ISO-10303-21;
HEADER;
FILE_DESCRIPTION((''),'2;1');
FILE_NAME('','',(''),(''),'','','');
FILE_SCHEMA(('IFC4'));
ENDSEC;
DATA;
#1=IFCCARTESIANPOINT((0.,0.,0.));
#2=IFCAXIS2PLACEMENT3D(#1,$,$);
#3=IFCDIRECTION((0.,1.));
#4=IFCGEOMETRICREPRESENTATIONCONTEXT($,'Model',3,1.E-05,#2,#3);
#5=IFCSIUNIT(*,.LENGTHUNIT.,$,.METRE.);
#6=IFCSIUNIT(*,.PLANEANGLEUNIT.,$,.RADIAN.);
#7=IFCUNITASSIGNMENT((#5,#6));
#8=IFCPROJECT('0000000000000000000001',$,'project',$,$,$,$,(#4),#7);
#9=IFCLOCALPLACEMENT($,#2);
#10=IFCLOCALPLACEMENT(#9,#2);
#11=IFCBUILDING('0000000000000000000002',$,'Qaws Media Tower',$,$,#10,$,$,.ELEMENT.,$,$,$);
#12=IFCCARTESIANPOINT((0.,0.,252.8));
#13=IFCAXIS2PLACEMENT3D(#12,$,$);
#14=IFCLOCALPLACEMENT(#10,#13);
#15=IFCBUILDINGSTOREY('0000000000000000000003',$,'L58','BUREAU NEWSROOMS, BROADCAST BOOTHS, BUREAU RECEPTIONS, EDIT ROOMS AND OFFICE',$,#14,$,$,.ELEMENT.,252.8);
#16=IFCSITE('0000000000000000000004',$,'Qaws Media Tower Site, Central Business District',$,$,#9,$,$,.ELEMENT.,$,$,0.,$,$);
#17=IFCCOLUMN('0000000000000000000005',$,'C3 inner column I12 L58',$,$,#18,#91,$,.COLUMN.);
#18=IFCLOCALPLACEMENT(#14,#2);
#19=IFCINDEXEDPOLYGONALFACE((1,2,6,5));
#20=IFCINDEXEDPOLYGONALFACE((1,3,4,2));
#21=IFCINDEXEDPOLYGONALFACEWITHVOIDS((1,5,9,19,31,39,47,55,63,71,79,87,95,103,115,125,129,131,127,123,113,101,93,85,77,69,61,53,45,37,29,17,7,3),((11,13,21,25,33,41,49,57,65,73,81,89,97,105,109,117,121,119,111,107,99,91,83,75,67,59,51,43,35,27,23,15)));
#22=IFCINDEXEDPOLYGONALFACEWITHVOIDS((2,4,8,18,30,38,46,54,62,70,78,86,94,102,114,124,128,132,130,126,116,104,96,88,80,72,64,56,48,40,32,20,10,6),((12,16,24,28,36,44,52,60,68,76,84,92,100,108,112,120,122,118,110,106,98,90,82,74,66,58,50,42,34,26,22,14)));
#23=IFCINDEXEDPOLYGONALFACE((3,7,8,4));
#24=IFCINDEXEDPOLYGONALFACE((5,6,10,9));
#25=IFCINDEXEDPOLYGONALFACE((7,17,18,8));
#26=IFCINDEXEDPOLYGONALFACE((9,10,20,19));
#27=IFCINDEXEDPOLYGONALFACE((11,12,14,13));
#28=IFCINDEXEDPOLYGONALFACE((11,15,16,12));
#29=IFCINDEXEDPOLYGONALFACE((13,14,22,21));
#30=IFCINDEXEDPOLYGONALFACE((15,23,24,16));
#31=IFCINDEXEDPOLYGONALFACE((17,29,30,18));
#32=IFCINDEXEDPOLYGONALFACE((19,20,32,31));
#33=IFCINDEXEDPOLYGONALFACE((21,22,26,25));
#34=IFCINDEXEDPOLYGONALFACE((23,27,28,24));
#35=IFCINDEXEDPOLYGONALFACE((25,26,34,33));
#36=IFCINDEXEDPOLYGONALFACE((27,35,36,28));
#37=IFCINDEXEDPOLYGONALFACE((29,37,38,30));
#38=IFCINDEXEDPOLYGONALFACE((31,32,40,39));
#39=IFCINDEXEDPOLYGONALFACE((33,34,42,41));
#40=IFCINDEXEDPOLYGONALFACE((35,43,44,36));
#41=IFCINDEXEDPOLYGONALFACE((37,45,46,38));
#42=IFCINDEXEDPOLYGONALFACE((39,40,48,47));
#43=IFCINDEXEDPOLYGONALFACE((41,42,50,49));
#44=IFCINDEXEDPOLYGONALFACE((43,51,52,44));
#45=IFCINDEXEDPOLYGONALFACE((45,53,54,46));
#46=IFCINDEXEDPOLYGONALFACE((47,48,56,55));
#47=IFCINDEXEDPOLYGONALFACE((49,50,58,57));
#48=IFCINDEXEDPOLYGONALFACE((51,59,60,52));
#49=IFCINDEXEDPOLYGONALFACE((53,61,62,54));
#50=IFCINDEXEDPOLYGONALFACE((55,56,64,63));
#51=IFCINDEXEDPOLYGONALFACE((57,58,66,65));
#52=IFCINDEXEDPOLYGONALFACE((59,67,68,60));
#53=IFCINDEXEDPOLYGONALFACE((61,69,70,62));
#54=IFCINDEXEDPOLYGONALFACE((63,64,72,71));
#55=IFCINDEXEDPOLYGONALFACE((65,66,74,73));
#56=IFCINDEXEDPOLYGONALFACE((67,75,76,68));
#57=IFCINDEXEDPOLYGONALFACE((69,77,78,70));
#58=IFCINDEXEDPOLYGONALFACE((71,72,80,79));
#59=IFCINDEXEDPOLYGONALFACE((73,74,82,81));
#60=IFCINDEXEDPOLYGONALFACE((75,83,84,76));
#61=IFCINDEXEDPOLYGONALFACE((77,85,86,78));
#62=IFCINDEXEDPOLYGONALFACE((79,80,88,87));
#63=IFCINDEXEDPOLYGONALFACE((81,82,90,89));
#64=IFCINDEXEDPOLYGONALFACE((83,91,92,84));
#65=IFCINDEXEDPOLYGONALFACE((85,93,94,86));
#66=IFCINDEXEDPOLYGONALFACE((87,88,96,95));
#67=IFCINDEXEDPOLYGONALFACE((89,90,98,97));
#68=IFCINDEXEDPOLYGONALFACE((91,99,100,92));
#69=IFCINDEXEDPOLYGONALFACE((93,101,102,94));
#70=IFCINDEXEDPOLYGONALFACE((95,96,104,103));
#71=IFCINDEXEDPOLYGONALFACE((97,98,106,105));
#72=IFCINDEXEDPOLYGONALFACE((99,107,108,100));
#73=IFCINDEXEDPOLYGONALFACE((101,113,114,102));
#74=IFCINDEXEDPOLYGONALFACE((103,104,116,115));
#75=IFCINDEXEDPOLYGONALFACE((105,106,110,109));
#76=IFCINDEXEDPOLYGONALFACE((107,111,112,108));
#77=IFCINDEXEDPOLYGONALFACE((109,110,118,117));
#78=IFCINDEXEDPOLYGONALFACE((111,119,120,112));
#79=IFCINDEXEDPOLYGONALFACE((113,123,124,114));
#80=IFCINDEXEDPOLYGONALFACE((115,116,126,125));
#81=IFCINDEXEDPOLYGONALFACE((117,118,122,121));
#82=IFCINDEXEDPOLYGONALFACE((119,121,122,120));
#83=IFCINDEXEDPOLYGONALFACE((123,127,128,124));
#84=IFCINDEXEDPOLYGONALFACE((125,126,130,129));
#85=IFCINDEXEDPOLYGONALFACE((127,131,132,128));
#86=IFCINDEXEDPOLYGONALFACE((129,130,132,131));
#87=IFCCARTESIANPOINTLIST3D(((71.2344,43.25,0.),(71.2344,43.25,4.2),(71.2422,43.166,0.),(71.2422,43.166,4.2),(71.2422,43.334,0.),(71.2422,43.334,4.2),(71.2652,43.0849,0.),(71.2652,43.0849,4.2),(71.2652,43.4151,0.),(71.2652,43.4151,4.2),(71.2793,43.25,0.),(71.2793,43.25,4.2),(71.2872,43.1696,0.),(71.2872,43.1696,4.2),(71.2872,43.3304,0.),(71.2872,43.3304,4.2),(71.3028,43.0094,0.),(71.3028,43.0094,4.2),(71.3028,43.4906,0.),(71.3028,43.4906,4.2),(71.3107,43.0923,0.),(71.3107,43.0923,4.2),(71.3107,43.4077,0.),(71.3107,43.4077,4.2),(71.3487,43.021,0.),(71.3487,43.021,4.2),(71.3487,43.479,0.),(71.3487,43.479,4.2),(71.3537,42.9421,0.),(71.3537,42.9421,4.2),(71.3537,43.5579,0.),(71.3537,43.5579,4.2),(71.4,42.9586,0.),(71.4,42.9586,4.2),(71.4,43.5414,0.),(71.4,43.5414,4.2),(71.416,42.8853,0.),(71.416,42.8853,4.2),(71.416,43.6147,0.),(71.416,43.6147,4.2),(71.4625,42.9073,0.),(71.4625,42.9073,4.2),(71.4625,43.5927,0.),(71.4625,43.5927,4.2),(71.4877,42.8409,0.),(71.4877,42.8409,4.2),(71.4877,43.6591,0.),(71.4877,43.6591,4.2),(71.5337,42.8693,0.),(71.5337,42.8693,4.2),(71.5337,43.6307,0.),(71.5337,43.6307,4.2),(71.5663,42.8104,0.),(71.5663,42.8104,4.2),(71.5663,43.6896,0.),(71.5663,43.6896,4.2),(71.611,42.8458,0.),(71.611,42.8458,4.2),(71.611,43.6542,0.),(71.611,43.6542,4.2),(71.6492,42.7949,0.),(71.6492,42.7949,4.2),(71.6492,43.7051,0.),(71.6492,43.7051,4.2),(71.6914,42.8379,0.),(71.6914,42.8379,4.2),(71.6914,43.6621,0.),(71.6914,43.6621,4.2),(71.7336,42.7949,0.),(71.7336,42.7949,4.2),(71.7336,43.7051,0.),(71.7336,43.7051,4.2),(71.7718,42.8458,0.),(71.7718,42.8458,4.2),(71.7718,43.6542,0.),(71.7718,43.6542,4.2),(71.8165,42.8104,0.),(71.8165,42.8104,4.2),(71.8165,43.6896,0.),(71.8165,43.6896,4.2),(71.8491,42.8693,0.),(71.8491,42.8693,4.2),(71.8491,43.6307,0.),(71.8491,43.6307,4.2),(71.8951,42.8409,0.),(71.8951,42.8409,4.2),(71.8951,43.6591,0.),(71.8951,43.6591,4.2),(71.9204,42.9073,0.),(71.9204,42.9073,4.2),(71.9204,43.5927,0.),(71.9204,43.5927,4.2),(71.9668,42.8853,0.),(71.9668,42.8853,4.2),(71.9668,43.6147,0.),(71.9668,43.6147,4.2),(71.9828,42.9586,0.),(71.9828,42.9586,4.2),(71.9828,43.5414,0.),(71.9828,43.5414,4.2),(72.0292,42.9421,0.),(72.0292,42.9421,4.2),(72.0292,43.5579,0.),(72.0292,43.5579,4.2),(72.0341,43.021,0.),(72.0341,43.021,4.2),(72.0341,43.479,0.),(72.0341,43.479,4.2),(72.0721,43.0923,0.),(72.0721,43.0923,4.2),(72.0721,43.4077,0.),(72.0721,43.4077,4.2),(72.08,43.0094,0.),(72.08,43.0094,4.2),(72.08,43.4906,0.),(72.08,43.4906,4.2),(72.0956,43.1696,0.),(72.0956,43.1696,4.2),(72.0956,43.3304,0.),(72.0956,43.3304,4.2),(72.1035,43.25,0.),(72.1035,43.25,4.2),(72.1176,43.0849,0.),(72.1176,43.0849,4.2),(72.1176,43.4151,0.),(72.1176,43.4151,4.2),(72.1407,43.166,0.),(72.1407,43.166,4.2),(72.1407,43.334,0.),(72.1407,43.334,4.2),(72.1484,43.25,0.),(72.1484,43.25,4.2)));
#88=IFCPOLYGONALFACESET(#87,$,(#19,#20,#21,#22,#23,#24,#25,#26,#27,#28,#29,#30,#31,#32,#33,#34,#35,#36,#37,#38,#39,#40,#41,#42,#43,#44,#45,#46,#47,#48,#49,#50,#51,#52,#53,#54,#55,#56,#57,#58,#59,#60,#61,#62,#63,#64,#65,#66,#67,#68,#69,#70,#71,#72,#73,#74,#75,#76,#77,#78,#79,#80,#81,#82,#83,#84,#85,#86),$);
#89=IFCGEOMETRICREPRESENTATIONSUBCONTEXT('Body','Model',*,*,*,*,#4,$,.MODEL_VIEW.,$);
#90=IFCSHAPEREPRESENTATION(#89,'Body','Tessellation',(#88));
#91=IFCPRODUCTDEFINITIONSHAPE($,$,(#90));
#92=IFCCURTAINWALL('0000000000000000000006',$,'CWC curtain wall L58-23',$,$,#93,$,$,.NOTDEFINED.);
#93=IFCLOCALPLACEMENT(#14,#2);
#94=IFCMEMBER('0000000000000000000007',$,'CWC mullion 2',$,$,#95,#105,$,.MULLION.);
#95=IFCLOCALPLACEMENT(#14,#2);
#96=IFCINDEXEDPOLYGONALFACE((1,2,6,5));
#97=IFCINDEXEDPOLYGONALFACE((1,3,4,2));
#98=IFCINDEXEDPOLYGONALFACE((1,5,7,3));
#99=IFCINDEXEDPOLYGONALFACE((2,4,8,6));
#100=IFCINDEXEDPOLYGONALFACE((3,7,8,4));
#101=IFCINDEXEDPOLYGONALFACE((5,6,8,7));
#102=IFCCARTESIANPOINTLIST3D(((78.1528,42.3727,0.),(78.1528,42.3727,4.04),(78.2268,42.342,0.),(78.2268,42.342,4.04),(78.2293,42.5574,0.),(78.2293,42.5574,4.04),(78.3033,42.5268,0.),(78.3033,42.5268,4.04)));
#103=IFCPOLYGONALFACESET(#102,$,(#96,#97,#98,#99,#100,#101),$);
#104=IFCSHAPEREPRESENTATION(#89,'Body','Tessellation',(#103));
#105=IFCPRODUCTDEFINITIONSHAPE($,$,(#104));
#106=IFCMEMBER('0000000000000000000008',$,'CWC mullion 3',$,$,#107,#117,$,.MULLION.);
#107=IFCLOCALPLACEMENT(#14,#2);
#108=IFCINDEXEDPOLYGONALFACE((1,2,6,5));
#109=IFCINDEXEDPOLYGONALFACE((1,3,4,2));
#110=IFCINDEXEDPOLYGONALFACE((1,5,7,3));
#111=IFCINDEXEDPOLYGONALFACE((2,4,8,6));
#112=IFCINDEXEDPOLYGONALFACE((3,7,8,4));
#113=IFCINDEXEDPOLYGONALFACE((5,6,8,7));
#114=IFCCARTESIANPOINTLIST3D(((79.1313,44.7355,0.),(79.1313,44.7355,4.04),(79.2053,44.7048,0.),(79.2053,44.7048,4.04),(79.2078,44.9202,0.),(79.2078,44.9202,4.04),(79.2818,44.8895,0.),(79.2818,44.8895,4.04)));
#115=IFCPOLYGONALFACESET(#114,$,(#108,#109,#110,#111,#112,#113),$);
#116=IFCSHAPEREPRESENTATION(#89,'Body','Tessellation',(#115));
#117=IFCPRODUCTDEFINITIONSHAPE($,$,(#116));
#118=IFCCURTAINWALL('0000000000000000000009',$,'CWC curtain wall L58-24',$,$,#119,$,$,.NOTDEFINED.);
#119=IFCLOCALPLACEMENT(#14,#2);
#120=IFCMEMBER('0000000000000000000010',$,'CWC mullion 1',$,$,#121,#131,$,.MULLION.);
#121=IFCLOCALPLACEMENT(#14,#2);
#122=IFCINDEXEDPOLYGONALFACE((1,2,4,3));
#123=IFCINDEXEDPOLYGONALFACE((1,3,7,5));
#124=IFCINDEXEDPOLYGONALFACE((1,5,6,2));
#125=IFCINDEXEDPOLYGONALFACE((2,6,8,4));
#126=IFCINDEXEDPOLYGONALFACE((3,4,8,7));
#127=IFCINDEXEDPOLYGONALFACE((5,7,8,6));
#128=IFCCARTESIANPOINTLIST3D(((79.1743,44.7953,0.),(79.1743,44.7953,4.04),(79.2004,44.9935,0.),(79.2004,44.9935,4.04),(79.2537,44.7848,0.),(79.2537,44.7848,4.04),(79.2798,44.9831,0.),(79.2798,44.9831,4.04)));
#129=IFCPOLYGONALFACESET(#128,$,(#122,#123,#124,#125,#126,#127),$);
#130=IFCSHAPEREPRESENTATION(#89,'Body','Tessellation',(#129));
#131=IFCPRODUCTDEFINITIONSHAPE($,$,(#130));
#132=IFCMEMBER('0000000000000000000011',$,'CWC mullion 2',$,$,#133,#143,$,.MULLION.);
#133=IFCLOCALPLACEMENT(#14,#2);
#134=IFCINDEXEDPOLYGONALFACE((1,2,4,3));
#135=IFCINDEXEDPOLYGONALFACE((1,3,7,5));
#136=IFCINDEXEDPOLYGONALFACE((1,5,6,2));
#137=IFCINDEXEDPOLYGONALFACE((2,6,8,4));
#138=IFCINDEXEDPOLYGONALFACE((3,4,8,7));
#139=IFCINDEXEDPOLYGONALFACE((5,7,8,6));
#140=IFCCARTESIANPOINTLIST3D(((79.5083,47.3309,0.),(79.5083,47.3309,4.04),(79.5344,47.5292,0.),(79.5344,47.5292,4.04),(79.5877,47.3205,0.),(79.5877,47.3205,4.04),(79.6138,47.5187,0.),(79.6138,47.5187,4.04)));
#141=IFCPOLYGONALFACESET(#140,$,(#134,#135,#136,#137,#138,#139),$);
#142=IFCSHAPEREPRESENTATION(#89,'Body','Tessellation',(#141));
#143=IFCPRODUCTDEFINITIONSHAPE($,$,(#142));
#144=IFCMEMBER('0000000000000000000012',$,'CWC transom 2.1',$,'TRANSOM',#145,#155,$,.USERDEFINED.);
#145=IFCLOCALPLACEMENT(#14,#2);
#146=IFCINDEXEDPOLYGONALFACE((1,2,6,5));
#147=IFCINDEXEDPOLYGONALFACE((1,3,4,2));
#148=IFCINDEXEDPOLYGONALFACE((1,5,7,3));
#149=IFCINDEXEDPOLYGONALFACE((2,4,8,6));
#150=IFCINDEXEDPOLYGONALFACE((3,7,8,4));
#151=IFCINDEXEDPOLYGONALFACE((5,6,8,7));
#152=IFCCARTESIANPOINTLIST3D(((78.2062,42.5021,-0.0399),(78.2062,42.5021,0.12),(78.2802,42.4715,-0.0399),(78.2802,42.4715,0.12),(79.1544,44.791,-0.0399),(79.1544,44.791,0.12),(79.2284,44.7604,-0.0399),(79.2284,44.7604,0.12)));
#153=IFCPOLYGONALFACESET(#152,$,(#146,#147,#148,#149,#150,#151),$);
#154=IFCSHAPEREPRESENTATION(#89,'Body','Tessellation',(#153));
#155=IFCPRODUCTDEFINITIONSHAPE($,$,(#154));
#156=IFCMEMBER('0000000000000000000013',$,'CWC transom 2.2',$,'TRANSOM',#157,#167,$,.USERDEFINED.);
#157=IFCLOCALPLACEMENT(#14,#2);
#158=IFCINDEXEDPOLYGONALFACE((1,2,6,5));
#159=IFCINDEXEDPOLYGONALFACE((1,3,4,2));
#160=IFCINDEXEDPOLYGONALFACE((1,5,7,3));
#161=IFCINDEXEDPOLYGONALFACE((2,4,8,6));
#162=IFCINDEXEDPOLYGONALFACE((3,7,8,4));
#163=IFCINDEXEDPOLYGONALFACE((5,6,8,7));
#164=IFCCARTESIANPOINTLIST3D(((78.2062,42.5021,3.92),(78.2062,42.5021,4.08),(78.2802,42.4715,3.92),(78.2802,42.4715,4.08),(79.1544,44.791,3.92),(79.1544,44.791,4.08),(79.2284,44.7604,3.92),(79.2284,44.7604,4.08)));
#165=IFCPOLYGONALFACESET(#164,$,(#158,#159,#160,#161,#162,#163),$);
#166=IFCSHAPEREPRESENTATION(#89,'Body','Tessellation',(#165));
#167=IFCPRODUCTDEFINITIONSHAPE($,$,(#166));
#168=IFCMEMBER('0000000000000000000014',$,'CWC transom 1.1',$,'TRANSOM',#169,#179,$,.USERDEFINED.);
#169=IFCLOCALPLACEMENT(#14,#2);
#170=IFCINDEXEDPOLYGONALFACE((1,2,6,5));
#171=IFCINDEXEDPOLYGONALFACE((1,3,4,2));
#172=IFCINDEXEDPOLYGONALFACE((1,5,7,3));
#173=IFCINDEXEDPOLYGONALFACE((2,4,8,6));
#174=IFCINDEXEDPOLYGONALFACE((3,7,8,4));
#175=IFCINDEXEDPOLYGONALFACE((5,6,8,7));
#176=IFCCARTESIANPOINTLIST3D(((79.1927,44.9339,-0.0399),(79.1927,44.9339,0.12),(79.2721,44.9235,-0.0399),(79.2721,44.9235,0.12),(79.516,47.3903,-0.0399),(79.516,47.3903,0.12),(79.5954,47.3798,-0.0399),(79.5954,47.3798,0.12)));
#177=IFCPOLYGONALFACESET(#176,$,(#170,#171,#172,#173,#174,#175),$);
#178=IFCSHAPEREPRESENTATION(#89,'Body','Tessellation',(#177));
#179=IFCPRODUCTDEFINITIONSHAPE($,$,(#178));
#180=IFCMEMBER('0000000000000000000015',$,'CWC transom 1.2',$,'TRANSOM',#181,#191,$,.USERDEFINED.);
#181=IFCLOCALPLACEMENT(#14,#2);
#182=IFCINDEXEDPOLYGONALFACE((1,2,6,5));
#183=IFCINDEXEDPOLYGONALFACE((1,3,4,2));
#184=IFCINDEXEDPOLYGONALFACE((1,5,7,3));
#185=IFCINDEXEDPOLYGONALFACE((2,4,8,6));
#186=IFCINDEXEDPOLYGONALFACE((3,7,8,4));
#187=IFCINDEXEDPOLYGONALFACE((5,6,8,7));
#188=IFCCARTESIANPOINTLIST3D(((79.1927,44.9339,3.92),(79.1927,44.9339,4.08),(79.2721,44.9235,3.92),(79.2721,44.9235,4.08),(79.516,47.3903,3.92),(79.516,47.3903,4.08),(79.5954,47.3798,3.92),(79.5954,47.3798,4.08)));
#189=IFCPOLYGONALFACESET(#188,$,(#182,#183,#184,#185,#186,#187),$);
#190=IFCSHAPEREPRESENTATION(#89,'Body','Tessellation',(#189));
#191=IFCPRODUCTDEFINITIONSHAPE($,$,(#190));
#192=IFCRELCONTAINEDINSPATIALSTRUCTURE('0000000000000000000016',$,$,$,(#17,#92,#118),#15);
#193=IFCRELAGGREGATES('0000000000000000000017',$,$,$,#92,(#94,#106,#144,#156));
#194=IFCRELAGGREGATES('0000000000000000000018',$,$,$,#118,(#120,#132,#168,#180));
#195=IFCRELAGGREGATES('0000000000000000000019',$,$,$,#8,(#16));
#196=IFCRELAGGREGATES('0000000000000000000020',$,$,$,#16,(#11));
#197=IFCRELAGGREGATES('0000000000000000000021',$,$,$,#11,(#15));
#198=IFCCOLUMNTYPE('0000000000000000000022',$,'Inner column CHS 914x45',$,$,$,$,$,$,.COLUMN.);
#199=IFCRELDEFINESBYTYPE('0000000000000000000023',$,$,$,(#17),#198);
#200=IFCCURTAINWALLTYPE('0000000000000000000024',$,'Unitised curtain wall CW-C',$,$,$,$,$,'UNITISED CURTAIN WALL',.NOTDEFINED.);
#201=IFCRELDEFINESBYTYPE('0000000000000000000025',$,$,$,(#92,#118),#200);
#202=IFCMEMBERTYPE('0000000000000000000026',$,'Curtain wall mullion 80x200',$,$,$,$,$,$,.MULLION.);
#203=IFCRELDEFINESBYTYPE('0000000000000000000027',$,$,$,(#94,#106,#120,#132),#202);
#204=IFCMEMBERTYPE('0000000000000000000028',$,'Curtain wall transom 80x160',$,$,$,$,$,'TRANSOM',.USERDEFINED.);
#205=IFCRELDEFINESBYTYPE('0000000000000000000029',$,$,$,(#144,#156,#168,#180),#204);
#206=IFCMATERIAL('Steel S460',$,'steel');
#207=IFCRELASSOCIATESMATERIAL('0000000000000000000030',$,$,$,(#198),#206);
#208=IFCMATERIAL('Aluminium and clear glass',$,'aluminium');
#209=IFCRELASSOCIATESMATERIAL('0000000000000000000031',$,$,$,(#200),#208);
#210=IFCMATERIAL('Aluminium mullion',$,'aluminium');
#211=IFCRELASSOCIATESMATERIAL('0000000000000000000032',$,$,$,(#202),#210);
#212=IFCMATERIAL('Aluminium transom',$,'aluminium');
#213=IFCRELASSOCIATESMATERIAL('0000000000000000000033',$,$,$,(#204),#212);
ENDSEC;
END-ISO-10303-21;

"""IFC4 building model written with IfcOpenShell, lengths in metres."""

from ifc_helpers import new_model, si_unit, direction, frame, origin, origin_2d, place, context, subcontext, project, spatial, rectangle, hollow_circle, extrude, material, material_profile, profile_set, type_object, element, aggregate, save


model = new_model("IFC4")

# Units and contexts
model_context = context("Model", 3, precision=1e-05, world=origin(), true_north=direction((0.0, 1.0)))
body_context = subcontext(model_context, "Body", "Model", "MODEL_VIEW")
ifc_project = project(units=[si_unit("LENGTHUNIT", "METRE"), si_unit("PLANEANGLEUNIT", "RADIAN")], contexts=[model_context])

# Site, building, storey
site_placement = place(None, origin())
site = spatial("IfcSite", under=ifc_project, at=site_placement, Name="Qaws Media Tower Site, Central Business District", CompositionType="ELEMENT", RefElevation=0.0)
building_placement = place(site_placement, origin())
building = spatial("IfcBuilding", under=site, at=building_placement, Name="Qaws Media Tower", CompositionType="ELEMENT")
storey_placement = place(building_placement, frame((0.0, 0.0, 252.8)))
storey = spatial("IfcBuildingStorey", under=building, at=storey_placement, Name="L58", Description="BUREAU NEWSROOMS, BROADCAST BOOTHS, BUREAU RECEPTIONS, EDIT ROOMS AND OFFICE", CompositionType="ELEMENT", Elevation=252.8)

# Column
ifc_material_1 = material(Name="Steel S460", Category="steel")
ifc_material_profile_1 = material_profile(ifc_material_1, hollow_circle(Radius=0.457, WallThickness=0.0449, at=origin_2d()), Name="CHS 914x45")
ifc_profile_set_1 = profile_set([ifc_material_profile_1], Name="Steel S460")
column_type = type_object("IfcColumnType", Name="Inner column CHS 914x45", PredefinedType="COLUMN", material=ifc_profile_set_1)
column_placement = place(storey_placement, frame((71.6914, 43.25, 0.0), z_axis=(0.0, 0.0, 1.0), x_axis=(1.0, 0.0, 0.0)))
element("IfcColumn", 1, at=column_placement, inside=storey, type_object=column_type, Name="C3 inner column I12 L58", PredefinedType="COLUMN", context=body_context, shape_type="SweptSolid", body=[
    extrude(hollow_circle(Radius=0.457, WallThickness=0.0449, at=origin_2d()), origin(), (0.0, 0.0, 1.0), 4.2),
])

# Curtain walls, members
ifc_material_2 = material(Name="Aluminium and clear glass", Category="aluminium")
curtain_wall_type = type_object("IfcCurtainWallType", Name="Unitised curtain wall CW-C", ElementType="UNITISED CURTAIN WALL", PredefinedType="NOTDEFINED", material=ifc_material_2)
curtain_wall_1_placement = place(storey_placement, origin())
curtain_wall_1 = element("IfcCurtainWall", 2, at=curtain_wall_1_placement, inside=storey, type_object=curtain_wall_type, Name="CWC curtain wall L58-23", PredefinedType="NOTDEFINED")
ifc_material_3 = material(Name="Aluminium mullion", Category="aluminium")
ifc_material_profile_2 = material_profile(ifc_material_3, rectangle(XDim=0.0801, YDim=0.2, at=origin_2d()), Name="80x200")
ifc_profile_set_2 = profile_set([ifc_material_profile_2], Name="Aluminium mullion")
member_type_1 = type_object("IfcMemberType", Name="Curtain wall mullion 80x200", PredefinedType="MULLION", material=ifc_profile_set_2)
member_1_placement = place(storey_placement, frame((78.228, 42.4497, 0.0), z_axis=(0.0, 0.0, 1.0), x_axis=(-0.92388, 0.382683, 0.0)))
member_1 = element("IfcMember", 3, at=member_1_placement, type_object=member_type_1, Name="CWC mullion 2", PredefinedType="MULLION", context=body_context, shape_type="SweptSolid", body=[
    extrude(rectangle(XDim=0.0801, YDim=0.2, at=origin_2d()), origin(), (0.0, 0.0, 1.0), 4.04),
])
member_2_placement = place(storey_placement, frame((79.2065, 44.8125, 0.0), z_axis=(0.0, 0.0, 1.0), x_axis=(-0.92388, 0.382683, 0.0)))
member_2 = element("IfcMember", 4, at=member_2_placement, type_object=member_type_1, Name="CWC mullion 3", PredefinedType="MULLION", context=body_context, shape_type="SweptSolid", body=[
    extrude(rectangle(XDim=0.0801, YDim=0.2, at=origin_2d()), origin(), (0.0, 0.0, 1.0), 4.04),
])
curtain_wall_2_placement = place(storey_placement, origin())
curtain_wall_2 = element("IfcCurtainWall", 5, at=curtain_wall_2_placement, inside=storey, type_object=curtain_wall_type, Name="CWC curtain wall L58-24", PredefinedType="NOTDEFINED")
member_3_placement = place(storey_placement, frame((79.2271, 44.8892, 0.0), z_axis=(0.0, 0.0, 1.0), x_axis=(-0.991445, 0.130526, 0.0)))
member_3 = element("IfcMember", 6, at=member_3_placement, type_object=member_type_1, Name="CWC mullion 1", PredefinedType="MULLION", context=body_context, shape_type="SweptSolid", body=[
    extrude(rectangle(XDim=0.0801, YDim=0.2, at=origin_2d()), origin(), (0.0, 0.0, 1.0), 4.04),
])
member_4_placement = place(storey_placement, frame((79.561, 47.4248, 0.0), z_axis=(0.0, 0.0, 1.0), x_axis=(-0.991445, 0.130526, 0.0)))
member_4 = element("IfcMember", 7, at=member_4_placement, type_object=member_type_1, Name="CWC mullion 2", PredefinedType="MULLION", context=body_context, shape_type="SweptSolid", body=[
    extrude(rectangle(XDim=0.0801, YDim=0.2, at=origin_2d()), origin(), (0.0, 0.0, 1.0), 4.04),
])

# Members
ifc_material_4 = material(Name="Aluminium transom", Category="aluminium")
ifc_material_profile_3 = material_profile(ifc_material_4, rectangle(XDim=0.0801, YDim=0.1599, at=origin_2d()), Name="80x160")
ifc_profile_set_3 = profile_set([ifc_material_profile_3], Name="Aluminium transom")
member_type_2 = type_object("IfcMemberType", Name="Curtain wall transom 80x160", ElementType="TRANSOM", PredefinedType="USERDEFINED", material=ifc_profile_set_3)
member_5_placement = place(storey_placement, frame((78.2432, 42.4868, 0.04), z_axis=(0.382746, 0.923853, 0.0), x_axis=(-0.923853, 0.382746, 0.0)))
member_5 = element("IfcMember", 8, at=member_5_placement, type_object=member_type_2, Name="CWC transom 2.1", ObjectType="TRANSOM", PredefinedType="USERDEFINED", context=body_context, shape_type="SweptSolid", body=[
    extrude(rectangle(XDim=0.0801, YDim=0.1599, at=origin_2d()), origin(), (0.0, 0.0, 1.0), 2.4775),
])
member_6_placement = place(storey_placement, frame((78.2432, 42.4868, 4.0), z_axis=(0.382746, 0.923853, 0.0), x_axis=(-0.923853, 0.382746, 0.0)))
member_6 = element("IfcMember", 9, at=member_6_placement, type_object=member_type_2, Name="CWC transom 2.2", ObjectType="TRANSOM", PredefinedType="USERDEFINED", context=body_context, shape_type="SweptSolid", body=[
    extrude(rectangle(XDim=0.0801, YDim=0.1599, at=origin_2d()), origin(), (0.0, 0.0, 1.0), 2.4775),
])
member_7_placement = place(storey_placement, frame((79.2324, 44.9287, 0.04), z_axis=(0.130472, 0.991452, 0.0), x_axis=(-0.991452, 0.130472, 0.0)))
member_7 = element("IfcMember", 10, at=member_7_placement, type_object=member_type_2, Name="CWC transom 1.1", ObjectType="TRANSOM", PredefinedType="USERDEFINED", context=body_context, shape_type="SweptSolid", body=[
    extrude(rectangle(XDim=0.0801, YDim=0.1599, at=origin_2d()), origin(), (0.0, 0.0, 1.0), 2.4775),
])
member_8_placement = place(storey_placement, frame((79.2324, 44.9287, 4.0), z_axis=(0.130472, 0.991452, 0.0), x_axis=(-0.991452, 0.130472, 0.0)))
member_8 = element("IfcMember", 11, at=member_8_placement, type_object=member_type_2, Name="CWC transom 1.2", ObjectType="TRANSOM", PredefinedType="USERDEFINED", context=body_context, shape_type="SweptSolid", body=[
    extrude(rectangle(XDim=0.0801, YDim=0.1599, at=origin_2d()), origin(), (0.0, 0.0, 1.0), 2.4775),
])

aggregate(curtain_wall_1, [member_1, member_2, member_5, member_6])
aggregate(curtain_wall_2, [member_3, member_4, member_7, member_8])

save(model, "model.ifc")
